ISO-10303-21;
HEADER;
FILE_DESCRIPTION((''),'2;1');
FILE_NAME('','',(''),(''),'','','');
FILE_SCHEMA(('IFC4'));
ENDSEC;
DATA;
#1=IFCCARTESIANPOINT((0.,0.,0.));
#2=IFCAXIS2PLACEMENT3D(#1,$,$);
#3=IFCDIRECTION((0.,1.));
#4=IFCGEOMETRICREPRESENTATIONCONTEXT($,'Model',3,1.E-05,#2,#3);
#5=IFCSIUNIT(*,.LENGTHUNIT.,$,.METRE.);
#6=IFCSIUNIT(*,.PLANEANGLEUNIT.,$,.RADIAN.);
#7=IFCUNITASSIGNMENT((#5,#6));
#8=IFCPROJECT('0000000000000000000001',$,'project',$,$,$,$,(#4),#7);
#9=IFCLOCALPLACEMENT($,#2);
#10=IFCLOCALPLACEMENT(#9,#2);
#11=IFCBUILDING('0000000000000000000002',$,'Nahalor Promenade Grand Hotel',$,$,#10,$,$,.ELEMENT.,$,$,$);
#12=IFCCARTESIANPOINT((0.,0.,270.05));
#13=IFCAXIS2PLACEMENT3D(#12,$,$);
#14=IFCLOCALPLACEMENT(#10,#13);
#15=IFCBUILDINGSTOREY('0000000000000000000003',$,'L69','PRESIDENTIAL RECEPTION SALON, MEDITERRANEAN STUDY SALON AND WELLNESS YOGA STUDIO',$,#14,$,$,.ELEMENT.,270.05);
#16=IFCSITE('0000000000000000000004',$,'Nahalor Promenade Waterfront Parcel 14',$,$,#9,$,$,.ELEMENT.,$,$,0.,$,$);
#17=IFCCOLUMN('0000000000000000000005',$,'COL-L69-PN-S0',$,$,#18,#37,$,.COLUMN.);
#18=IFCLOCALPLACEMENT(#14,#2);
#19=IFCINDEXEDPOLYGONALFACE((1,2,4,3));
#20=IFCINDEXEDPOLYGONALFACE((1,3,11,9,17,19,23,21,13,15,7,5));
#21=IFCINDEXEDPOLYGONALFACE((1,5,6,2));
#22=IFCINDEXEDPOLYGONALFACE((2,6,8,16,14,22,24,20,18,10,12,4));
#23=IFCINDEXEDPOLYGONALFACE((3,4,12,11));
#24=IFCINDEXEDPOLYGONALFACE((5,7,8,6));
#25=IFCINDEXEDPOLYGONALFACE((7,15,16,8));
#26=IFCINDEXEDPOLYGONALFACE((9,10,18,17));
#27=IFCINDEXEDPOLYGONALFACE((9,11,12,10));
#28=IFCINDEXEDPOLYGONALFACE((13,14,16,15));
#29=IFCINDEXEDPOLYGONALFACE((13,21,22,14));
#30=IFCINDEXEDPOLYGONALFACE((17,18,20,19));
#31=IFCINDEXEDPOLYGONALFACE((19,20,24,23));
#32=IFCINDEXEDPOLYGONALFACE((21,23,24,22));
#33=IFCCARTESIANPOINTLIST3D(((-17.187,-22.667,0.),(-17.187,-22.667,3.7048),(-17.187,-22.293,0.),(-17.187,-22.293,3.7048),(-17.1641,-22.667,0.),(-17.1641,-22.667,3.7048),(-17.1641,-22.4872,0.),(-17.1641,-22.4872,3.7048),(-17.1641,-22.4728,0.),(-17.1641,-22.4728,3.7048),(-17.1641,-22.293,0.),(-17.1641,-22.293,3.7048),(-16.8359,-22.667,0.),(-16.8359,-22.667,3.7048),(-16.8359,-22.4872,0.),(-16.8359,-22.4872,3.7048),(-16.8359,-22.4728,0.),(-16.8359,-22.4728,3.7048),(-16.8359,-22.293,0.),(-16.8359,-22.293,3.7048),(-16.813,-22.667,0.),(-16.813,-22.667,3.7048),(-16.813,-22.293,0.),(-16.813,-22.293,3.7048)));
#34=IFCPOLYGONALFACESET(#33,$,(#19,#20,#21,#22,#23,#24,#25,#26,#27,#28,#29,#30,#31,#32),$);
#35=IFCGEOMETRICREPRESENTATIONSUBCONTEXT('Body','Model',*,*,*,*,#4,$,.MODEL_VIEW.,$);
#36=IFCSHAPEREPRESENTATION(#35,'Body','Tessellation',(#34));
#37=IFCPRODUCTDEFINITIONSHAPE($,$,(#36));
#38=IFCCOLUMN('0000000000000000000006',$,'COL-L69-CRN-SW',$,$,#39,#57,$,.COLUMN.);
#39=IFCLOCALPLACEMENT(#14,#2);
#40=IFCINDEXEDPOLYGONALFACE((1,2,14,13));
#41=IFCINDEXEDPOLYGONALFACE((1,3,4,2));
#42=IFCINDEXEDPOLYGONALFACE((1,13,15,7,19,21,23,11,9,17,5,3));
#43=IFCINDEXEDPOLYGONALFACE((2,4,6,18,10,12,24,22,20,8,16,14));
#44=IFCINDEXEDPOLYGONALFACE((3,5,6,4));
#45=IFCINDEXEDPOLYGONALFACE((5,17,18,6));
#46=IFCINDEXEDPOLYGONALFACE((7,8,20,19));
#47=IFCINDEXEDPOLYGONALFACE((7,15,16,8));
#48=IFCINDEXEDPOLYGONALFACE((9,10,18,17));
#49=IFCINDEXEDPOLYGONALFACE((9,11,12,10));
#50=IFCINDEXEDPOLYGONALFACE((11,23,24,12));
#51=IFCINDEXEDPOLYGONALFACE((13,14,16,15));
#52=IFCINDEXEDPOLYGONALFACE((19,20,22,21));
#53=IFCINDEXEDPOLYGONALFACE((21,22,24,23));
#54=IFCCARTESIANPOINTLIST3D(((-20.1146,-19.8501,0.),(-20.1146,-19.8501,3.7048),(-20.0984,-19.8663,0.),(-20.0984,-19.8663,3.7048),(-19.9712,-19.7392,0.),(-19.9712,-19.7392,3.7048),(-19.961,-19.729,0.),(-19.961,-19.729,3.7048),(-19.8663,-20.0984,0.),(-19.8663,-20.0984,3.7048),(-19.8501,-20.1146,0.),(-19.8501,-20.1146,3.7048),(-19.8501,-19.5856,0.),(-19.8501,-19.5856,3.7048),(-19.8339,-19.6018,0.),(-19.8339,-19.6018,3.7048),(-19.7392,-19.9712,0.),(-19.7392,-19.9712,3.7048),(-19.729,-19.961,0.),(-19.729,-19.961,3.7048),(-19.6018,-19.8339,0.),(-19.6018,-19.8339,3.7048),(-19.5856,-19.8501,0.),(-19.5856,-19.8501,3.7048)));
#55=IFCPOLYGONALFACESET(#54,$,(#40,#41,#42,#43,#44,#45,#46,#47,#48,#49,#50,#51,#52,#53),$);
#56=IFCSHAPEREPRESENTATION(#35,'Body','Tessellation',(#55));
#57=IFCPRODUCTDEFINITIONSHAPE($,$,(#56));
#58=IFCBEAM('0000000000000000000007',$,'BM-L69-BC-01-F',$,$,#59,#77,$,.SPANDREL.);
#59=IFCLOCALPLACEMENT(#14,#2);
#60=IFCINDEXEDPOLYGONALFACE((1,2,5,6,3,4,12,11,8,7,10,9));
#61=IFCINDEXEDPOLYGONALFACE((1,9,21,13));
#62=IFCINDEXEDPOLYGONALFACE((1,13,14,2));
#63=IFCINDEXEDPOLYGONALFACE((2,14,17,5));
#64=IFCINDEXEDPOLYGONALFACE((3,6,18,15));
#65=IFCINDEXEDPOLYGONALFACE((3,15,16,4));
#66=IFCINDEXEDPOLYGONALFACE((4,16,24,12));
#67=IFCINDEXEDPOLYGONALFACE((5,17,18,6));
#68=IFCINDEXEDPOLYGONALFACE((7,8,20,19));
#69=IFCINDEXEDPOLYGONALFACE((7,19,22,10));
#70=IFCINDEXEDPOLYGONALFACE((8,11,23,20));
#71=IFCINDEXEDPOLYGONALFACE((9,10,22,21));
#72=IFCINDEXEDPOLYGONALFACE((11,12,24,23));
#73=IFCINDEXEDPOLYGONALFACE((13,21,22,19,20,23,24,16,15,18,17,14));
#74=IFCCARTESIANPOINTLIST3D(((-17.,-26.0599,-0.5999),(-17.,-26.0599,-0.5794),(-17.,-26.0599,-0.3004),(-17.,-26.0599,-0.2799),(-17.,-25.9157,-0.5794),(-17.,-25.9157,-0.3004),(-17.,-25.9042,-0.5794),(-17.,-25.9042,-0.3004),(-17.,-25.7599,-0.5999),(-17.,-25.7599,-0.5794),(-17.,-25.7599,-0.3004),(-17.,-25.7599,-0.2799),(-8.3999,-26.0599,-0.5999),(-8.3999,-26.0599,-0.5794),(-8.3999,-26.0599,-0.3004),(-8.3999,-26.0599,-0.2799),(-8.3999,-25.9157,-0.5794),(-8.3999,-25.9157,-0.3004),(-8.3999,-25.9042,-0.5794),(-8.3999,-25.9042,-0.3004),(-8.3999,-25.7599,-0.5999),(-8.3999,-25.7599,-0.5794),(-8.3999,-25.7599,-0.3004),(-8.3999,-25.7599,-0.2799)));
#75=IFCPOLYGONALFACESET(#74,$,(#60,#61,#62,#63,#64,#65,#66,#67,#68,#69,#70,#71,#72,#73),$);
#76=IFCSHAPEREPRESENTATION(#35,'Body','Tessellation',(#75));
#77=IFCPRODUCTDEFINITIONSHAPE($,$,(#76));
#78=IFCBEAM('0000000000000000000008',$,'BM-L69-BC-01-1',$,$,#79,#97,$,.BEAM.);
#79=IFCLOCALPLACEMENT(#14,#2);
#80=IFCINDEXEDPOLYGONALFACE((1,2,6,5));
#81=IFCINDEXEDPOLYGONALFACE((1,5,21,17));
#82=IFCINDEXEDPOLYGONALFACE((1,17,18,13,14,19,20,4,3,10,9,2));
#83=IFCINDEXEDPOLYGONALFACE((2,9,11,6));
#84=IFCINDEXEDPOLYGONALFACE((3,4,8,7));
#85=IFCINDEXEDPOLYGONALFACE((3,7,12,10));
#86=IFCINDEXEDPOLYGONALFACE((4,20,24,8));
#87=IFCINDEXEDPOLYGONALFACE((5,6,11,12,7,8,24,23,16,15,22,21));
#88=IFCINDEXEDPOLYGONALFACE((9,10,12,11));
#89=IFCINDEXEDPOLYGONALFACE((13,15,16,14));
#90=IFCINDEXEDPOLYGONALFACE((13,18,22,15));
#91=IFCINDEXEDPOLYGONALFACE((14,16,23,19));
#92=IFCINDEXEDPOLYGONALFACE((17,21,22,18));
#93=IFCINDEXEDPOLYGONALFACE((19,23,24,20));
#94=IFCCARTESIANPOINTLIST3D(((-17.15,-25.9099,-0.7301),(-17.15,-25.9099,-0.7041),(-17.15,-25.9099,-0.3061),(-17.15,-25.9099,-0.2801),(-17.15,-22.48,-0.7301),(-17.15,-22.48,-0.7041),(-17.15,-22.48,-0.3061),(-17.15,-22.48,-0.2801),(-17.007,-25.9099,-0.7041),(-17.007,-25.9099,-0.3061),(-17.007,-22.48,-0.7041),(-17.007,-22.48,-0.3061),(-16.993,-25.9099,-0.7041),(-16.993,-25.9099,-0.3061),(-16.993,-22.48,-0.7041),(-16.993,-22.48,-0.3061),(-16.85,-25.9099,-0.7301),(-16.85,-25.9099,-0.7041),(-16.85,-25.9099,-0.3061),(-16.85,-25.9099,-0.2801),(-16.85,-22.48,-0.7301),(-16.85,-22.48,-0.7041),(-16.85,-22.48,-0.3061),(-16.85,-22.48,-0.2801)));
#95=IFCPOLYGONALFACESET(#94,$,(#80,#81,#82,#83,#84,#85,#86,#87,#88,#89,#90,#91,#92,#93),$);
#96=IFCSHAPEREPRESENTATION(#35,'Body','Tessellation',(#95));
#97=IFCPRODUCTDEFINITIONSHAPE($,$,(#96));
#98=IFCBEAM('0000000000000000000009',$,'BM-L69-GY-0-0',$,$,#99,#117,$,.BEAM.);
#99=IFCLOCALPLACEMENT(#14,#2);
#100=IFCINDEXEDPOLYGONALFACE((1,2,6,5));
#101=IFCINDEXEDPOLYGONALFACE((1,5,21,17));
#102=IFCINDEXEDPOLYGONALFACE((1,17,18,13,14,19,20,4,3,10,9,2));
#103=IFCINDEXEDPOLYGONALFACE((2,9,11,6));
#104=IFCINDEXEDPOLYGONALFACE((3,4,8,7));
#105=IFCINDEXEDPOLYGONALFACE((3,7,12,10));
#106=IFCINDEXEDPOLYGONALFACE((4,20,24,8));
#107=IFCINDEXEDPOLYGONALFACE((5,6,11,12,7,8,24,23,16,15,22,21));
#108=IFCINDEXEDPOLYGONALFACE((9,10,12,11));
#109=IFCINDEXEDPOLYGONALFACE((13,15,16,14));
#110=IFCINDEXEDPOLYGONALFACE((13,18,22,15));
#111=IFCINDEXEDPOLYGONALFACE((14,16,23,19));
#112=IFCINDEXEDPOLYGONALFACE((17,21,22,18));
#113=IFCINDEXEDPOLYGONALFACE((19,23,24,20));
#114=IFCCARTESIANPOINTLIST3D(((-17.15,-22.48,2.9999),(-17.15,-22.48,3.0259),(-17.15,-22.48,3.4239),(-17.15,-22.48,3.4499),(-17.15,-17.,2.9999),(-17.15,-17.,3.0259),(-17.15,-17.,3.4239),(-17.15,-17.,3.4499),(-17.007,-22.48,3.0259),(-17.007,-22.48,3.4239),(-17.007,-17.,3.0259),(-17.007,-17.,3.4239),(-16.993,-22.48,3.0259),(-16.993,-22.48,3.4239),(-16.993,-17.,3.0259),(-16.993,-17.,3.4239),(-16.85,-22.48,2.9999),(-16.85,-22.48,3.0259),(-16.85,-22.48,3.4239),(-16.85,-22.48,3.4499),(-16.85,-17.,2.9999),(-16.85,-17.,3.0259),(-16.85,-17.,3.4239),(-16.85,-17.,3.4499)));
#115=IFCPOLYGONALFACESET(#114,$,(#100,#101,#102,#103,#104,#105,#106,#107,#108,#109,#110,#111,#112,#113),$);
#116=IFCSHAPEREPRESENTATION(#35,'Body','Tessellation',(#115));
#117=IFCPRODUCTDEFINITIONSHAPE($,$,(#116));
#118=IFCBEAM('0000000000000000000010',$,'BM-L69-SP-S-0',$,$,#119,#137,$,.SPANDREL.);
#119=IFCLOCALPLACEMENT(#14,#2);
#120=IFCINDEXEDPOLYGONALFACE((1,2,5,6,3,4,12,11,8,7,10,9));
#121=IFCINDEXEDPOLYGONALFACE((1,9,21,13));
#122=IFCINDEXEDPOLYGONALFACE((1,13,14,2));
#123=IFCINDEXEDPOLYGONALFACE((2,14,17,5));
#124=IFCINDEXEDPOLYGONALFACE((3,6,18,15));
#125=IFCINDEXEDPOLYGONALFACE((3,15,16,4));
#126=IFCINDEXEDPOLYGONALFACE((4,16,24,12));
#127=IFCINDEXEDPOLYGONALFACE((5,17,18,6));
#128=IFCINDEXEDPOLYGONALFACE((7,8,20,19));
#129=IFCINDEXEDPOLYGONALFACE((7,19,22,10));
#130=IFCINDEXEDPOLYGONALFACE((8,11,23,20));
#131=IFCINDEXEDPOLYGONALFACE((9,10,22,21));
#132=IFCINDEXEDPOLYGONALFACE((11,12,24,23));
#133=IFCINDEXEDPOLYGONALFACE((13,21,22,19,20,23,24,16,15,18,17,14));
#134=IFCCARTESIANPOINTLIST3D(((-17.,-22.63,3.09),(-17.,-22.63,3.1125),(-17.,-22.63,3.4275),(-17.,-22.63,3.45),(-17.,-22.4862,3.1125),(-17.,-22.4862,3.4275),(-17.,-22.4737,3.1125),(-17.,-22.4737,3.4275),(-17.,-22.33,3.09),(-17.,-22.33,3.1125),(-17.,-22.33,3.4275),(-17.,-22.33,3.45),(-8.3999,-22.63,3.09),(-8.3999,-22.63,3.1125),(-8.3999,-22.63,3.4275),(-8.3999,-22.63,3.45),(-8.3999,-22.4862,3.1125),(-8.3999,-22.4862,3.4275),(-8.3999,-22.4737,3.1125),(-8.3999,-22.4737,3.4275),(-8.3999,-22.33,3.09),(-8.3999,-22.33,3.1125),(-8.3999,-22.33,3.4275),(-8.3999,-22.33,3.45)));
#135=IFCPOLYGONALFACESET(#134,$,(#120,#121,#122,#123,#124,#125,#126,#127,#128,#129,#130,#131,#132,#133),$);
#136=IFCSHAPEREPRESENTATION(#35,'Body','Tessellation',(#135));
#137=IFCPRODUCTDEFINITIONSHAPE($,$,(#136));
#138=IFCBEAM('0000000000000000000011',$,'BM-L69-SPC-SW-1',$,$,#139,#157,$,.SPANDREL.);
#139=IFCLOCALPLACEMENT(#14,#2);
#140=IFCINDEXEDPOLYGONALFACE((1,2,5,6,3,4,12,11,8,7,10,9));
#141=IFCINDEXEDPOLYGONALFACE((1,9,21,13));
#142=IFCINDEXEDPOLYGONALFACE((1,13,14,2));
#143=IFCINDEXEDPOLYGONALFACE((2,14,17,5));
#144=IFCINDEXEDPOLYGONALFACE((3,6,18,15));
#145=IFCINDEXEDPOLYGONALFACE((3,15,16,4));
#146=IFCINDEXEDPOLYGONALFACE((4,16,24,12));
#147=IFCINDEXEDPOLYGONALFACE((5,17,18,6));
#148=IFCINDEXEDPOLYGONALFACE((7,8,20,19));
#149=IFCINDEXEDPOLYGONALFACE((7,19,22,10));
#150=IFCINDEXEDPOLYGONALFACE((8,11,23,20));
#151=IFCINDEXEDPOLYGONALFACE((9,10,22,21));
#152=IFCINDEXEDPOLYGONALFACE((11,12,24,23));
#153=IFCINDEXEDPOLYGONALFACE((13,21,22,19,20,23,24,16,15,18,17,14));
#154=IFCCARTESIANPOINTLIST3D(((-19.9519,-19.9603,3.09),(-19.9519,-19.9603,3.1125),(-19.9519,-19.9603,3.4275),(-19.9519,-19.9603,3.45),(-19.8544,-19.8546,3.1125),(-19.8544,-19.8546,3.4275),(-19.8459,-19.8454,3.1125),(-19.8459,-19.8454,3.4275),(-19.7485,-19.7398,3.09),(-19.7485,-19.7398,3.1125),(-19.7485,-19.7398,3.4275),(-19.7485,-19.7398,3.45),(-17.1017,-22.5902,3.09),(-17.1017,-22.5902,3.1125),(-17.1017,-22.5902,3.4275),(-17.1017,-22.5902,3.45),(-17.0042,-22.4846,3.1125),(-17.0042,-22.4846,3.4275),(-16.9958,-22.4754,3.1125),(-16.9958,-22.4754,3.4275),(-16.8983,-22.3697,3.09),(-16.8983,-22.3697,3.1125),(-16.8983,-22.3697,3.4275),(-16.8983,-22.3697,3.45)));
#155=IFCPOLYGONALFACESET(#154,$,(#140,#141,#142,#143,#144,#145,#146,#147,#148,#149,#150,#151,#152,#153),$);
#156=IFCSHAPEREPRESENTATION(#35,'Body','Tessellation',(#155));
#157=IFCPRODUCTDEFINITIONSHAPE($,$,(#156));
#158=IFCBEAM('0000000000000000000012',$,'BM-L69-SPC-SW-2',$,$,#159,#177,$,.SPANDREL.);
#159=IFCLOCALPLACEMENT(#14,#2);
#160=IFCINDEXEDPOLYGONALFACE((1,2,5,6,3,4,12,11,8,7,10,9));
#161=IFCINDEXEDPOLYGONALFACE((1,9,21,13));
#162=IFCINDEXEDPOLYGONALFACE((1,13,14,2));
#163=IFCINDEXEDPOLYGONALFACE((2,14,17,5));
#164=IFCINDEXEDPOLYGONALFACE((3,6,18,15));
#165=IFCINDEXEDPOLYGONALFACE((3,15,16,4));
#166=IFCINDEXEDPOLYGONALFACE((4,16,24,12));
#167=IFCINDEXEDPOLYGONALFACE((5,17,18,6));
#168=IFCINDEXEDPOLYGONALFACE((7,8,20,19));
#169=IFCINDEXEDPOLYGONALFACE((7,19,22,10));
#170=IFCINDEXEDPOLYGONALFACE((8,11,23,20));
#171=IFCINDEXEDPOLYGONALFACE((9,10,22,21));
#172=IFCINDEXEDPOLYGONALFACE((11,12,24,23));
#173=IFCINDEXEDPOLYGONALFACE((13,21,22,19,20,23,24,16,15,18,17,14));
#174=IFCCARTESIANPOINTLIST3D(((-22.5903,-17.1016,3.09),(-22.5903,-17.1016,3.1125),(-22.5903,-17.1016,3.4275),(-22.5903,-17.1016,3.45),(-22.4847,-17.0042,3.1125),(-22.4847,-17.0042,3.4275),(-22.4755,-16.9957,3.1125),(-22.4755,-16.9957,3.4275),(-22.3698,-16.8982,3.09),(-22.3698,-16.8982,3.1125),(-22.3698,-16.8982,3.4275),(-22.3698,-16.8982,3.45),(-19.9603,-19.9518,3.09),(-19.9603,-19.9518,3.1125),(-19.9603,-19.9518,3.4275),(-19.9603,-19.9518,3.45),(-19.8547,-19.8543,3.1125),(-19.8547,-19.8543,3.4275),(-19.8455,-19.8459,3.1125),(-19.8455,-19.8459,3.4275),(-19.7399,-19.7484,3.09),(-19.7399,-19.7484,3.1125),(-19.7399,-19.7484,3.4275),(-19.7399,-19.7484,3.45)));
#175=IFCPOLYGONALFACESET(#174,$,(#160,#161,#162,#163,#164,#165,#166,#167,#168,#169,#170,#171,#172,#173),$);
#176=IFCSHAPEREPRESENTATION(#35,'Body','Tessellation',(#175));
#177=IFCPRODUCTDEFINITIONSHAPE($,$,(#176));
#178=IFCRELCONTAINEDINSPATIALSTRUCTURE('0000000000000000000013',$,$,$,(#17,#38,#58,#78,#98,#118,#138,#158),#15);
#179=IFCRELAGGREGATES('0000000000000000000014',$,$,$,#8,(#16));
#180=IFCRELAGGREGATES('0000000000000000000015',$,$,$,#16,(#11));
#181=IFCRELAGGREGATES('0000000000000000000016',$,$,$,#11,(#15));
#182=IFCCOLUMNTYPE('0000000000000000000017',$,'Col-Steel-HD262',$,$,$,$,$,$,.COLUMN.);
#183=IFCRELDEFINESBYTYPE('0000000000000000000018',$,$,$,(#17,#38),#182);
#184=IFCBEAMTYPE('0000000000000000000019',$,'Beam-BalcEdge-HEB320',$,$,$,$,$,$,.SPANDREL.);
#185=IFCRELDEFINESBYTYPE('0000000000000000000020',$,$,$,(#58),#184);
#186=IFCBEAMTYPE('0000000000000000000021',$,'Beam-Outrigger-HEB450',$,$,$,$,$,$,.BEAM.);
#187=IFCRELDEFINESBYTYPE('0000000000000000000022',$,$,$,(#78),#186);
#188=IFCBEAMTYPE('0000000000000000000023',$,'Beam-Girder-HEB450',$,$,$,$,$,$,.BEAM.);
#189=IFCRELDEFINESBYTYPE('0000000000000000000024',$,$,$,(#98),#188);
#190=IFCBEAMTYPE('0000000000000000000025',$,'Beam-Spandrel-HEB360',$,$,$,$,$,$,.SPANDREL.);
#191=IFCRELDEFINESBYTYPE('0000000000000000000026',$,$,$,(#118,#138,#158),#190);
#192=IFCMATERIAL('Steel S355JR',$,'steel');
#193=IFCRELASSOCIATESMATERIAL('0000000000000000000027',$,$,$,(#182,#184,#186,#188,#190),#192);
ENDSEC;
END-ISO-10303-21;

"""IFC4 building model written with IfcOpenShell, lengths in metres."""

from ifc_helpers import new_model, si_unit, direction, frame, origin, origin_2d, place, context, subcontext, project, spatial, i_section, extrude, source, transform, mapped, material, material_profile, profile_set, type_object, element, save


model = new_model("IFC4")

# Units and contexts
model_context = context("Model", 3, precision=1e-05, world=origin(), true_north=direction((0.0, 1.0)))
body_context = subcontext(model_context, "Body", "Model", "MODEL_VIEW")
ifc_project = project(units=[si_unit("LENGTHUNIT", "METRE"), si_unit("PLANEANGLEUNIT", "RADIAN")], contexts=[model_context])

# Site, building, storey
site_placement = place(None, origin())
site = spatial("IfcSite", under=ifc_project, at=site_placement, Name="Nahalor Promenade Waterfront Parcel 14", CompositionType="ELEMENT", RefElevation=0.0)
building_placement = place(site_placement, origin())
building = spatial("IfcBuilding", under=site, at=building_placement, Name="Nahalor Promenade Grand Hotel", CompositionType="ELEMENT")
storey_placement = place(building_placement, frame((0.0, 0.0, 270.05)))
storey = spatial("IfcBuildingStorey", under=building, at=storey_placement, Name="L69", Description="PRESIDENTIAL RECEPTION SALON, MEDITERRANEAN STUDY SALON AND WELLNESS YOGA STUDIO", CompositionType="ELEMENT", Elevation=270.05)

# Columns
ifc_material_1 = material(Name="Steel S355JR", Category="steel")
ifc_material_profile_1 = material_profile(ifc_material_1, i_section(OverallWidth=0.374, OverallDepth=0.374, WebThickness=0.0144, FlangeThickness=0.0229, at=origin_2d()), Name="HD 360x262")
ifc_profile_set_1 = profile_set([ifc_material_profile_1], Name="Steel S355JR")
column_type = type_object("IfcColumnType", Name="Col-Steel-HD262", PredefinedType="COLUMN", material=ifc_profile_set_1)
shared_shape_1 = source(origin(), body_context, "Body", "SweptSolid", [
    extrude(i_section(OverallWidth=0.374, OverallDepth=0.374, WebThickness=0.0144, FlangeThickness=0.0229, at=origin_2d()), origin(), (0.0, 0.0, 1.0), 3.7048),
])
for number, where, z_axis, x_axis, name in (
    (1, (-17.0, -22.48, 0.0), (0.0, 0.0, 1.0), (0.0, 1.0, 0.0), "COL-L69-PN-S0"),
    (2, (-19.8501, -19.8501, 0.0), (0.0, 0.0, 1.0), (0.707107, 0.707107, 0.0), "COL-L69-CRN-SW"),
):
    element("IfcColumn", number, at=place(storey_placement, frame(where, z_axis=z_axis, x_axis=x_axis)), inside=storey, type_object=column_type, Name=name, PredefinedType="COLUMN", context=body_context, shape_type="MappedRepresentation", body=[
        mapped(shared_shape_1, transform((0.0, 0.0, 0.0), scale=1.0)),
    ])

# Beams
ifc_material_profile_2 = material_profile(ifc_material_1, i_section(OverallWidth=0.3, OverallDepth=0.32, WebThickness=0.0115, FlangeThickness=0.0205, at=origin_2d()), Name="HEB 320")
ifc_profile_set_2 = profile_set([ifc_material_profile_2], Name="Steel S355JR")
beam_type_1 = type_object("IfcBeamType", Name="Beam-BalcEdge-HEB320", PredefinedType="SPANDREL", material=ifc_profile_set_2)
shared_shape_2 = source(origin(), body_context, "Body", "SweptSolid", [
    extrude(i_section(OverallWidth=0.3, OverallDepth=0.32, WebThickness=0.0115, FlangeThickness=0.0205, at=origin_2d()), origin(), (0.0, 0.0, 1.0), 8.6001),
])
beam_1_placement = place(storey_placement, frame((-17.0, -25.9099, -0.4399), z_axis=(1.0, 0.0, 0.0), x_axis=(0.0, 1.0, 0.0)))
element("IfcBeam", 3, at=beam_1_placement, inside=storey, type_object=beam_type_1, Name="BM-L69-BC-01-F", PredefinedType="SPANDREL", context=body_context, shape_type="MappedRepresentation", body=[
    mapped(shared_shape_2, transform((0.0, 0.0, 0.0), scale=1.0)),
])
ifc_material_profile_3 = material_profile(ifc_material_1, i_section(OverallWidth=0.3, OverallDepth=0.45, WebThickness=0.014, FlangeThickness=0.026, at=origin_2d()), Name="HEB 450")
ifc_profile_set_3 = profile_set([ifc_material_profile_3], Name="Steel S355JR")
beam_type_2 = type_object("IfcBeamType", Name="Beam-Outrigger-HEB450", PredefinedType="BEAM", material=ifc_profile_set_3)
shared_shape_3 = source(origin(), body_context, "Body", "SweptSolid", [
    extrude(i_section(OverallWidth=0.3, OverallDepth=0.45, WebThickness=0.014, FlangeThickness=0.026, at=origin_2d()), origin(), (0.0, 0.0, 1.0), 3.4299),
])
beam_2_placement = place(storey_placement, frame((-17.0, -25.9099, -0.5051), z_axis=(0.0, 1.0, 0.0), x_axis=(-1.0, 0.0, 0.0)))
element("IfcBeam", 4, at=beam_2_placement, inside=storey, type_object=beam_type_2, Name="BM-L69-BC-01-1", PredefinedType="BEAM", context=body_context, shape_type="MappedRepresentation", body=[
    mapped(shared_shape_3, transform((0.0, 0.0, 0.0), scale=1.0)),
])
ifc_material_profile_4 = material_profile(ifc_material_1, i_section(OverallWidth=0.3, OverallDepth=0.45, WebThickness=0.014, FlangeThickness=0.026, at=origin_2d()), Name="HEB 450")
ifc_profile_set_4 = profile_set([ifc_material_profile_4], Name="Steel S355JR")
beam_type_3 = type_object("IfcBeamType", Name="Beam-Girder-HEB450", PredefinedType="BEAM", material=ifc_profile_set_4)
shared_shape_4 = source(origin(), body_context, "Body", "SweptSolid", [
    extrude(i_section(OverallWidth=0.3, OverallDepth=0.45, WebThickness=0.014, FlangeThickness=0.026, at=origin_2d()), origin(), (0.0, 0.0, 1.0), 5.48),
])
beam_3_placement = place(storey_placement, frame((-17.0, -22.48, 3.2249), z_axis=(0.0, 1.0, 0.0), x_axis=(-1.0, 0.0, 0.0)))
element("IfcBeam", 5, at=beam_3_placement, inside=storey, type_object=beam_type_3, Name="BM-L69-GY-0-0", PredefinedType="BEAM", context=body_context, shape_type="MappedRepresentation", body=[
    mapped(shared_shape_4, transform((0.0, 0.0, 0.0), scale=1.0)),
])
ifc_material_profile_5 = material_profile(ifc_material_1, i_section(OverallWidth=0.3, OverallDepth=0.36, WebThickness=0.0125, FlangeThickness=0.0225, at=origin_2d()), Name="HEB 360")
ifc_profile_set_5 = profile_set([ifc_material_profile_5], Name="Steel S355JR")
beam_type_4 = type_object("IfcBeamType", Name="Beam-Spandrel-HEB360", PredefinedType="SPANDREL", material=ifc_profile_set_5)
shared_shape_5 = source(origin(), body_context, "Body", "SweptSolid", [
    extrude(i_section(OverallWidth=0.3, OverallDepth=0.36, WebThickness=0.0125, FlangeThickness=0.0225, at=origin_2d()), origin(), (0.0, 0.0, 1.0), 8.6001),
])
beam_4_placement = place(storey_placement, frame((-17.0, -22.48, 3.27), z_axis=(1.0, 0.0, 0.0), x_axis=(0.0, 1.0, 0.0)))
element("IfcBeam", 6, at=beam_4_placement, inside=storey, type_object=beam_type_4, Name="BM-L69-SP-S-0", PredefinedType="SPANDREL", context=body_context, shape_type="MappedRepresentation", body=[
    mapped(shared_shape_5, transform((0.0, 0.0, 0.0), scale=1.0)),
])
shared_shape_6 = source(origin(), body_context, "Body", "SweptSolid", [
    extrude(i_section(OverallWidth=0.3, OverallDepth=0.36, WebThickness=0.0125, FlangeThickness=0.0225, at=origin_2d()), origin(), (0.0, 0.0, 1.0), 3.8782),
])
for number, where, z_axis, x_axis, name in (
    (7, (-17.0, -22.48, 3.27), (-0.734929, 0.678144, 0.0), (-0.678144, -0.734929, 0.0), "BM-L69-SPC-SW-1"),
    (8, (-19.8501, -19.8501, 3.27), (-0.678144, 0.734929, 0.0), (-0.734929, -0.678144, 0.0), "BM-L69-SPC-SW-2"),
):
    element("IfcBeam", number, at=place(storey_placement, frame(where, z_axis=z_axis, x_axis=x_axis)), inside=storey, type_object=beam_type_4, Name=name, PredefinedType="SPANDREL", context=body_context, shape_type="MappedRepresentation", body=[
        mapped(shared_shape_6, transform((0.0, 0.0, 0.0), scale=1.0)),
    ])

save(model, "model.ifc")
